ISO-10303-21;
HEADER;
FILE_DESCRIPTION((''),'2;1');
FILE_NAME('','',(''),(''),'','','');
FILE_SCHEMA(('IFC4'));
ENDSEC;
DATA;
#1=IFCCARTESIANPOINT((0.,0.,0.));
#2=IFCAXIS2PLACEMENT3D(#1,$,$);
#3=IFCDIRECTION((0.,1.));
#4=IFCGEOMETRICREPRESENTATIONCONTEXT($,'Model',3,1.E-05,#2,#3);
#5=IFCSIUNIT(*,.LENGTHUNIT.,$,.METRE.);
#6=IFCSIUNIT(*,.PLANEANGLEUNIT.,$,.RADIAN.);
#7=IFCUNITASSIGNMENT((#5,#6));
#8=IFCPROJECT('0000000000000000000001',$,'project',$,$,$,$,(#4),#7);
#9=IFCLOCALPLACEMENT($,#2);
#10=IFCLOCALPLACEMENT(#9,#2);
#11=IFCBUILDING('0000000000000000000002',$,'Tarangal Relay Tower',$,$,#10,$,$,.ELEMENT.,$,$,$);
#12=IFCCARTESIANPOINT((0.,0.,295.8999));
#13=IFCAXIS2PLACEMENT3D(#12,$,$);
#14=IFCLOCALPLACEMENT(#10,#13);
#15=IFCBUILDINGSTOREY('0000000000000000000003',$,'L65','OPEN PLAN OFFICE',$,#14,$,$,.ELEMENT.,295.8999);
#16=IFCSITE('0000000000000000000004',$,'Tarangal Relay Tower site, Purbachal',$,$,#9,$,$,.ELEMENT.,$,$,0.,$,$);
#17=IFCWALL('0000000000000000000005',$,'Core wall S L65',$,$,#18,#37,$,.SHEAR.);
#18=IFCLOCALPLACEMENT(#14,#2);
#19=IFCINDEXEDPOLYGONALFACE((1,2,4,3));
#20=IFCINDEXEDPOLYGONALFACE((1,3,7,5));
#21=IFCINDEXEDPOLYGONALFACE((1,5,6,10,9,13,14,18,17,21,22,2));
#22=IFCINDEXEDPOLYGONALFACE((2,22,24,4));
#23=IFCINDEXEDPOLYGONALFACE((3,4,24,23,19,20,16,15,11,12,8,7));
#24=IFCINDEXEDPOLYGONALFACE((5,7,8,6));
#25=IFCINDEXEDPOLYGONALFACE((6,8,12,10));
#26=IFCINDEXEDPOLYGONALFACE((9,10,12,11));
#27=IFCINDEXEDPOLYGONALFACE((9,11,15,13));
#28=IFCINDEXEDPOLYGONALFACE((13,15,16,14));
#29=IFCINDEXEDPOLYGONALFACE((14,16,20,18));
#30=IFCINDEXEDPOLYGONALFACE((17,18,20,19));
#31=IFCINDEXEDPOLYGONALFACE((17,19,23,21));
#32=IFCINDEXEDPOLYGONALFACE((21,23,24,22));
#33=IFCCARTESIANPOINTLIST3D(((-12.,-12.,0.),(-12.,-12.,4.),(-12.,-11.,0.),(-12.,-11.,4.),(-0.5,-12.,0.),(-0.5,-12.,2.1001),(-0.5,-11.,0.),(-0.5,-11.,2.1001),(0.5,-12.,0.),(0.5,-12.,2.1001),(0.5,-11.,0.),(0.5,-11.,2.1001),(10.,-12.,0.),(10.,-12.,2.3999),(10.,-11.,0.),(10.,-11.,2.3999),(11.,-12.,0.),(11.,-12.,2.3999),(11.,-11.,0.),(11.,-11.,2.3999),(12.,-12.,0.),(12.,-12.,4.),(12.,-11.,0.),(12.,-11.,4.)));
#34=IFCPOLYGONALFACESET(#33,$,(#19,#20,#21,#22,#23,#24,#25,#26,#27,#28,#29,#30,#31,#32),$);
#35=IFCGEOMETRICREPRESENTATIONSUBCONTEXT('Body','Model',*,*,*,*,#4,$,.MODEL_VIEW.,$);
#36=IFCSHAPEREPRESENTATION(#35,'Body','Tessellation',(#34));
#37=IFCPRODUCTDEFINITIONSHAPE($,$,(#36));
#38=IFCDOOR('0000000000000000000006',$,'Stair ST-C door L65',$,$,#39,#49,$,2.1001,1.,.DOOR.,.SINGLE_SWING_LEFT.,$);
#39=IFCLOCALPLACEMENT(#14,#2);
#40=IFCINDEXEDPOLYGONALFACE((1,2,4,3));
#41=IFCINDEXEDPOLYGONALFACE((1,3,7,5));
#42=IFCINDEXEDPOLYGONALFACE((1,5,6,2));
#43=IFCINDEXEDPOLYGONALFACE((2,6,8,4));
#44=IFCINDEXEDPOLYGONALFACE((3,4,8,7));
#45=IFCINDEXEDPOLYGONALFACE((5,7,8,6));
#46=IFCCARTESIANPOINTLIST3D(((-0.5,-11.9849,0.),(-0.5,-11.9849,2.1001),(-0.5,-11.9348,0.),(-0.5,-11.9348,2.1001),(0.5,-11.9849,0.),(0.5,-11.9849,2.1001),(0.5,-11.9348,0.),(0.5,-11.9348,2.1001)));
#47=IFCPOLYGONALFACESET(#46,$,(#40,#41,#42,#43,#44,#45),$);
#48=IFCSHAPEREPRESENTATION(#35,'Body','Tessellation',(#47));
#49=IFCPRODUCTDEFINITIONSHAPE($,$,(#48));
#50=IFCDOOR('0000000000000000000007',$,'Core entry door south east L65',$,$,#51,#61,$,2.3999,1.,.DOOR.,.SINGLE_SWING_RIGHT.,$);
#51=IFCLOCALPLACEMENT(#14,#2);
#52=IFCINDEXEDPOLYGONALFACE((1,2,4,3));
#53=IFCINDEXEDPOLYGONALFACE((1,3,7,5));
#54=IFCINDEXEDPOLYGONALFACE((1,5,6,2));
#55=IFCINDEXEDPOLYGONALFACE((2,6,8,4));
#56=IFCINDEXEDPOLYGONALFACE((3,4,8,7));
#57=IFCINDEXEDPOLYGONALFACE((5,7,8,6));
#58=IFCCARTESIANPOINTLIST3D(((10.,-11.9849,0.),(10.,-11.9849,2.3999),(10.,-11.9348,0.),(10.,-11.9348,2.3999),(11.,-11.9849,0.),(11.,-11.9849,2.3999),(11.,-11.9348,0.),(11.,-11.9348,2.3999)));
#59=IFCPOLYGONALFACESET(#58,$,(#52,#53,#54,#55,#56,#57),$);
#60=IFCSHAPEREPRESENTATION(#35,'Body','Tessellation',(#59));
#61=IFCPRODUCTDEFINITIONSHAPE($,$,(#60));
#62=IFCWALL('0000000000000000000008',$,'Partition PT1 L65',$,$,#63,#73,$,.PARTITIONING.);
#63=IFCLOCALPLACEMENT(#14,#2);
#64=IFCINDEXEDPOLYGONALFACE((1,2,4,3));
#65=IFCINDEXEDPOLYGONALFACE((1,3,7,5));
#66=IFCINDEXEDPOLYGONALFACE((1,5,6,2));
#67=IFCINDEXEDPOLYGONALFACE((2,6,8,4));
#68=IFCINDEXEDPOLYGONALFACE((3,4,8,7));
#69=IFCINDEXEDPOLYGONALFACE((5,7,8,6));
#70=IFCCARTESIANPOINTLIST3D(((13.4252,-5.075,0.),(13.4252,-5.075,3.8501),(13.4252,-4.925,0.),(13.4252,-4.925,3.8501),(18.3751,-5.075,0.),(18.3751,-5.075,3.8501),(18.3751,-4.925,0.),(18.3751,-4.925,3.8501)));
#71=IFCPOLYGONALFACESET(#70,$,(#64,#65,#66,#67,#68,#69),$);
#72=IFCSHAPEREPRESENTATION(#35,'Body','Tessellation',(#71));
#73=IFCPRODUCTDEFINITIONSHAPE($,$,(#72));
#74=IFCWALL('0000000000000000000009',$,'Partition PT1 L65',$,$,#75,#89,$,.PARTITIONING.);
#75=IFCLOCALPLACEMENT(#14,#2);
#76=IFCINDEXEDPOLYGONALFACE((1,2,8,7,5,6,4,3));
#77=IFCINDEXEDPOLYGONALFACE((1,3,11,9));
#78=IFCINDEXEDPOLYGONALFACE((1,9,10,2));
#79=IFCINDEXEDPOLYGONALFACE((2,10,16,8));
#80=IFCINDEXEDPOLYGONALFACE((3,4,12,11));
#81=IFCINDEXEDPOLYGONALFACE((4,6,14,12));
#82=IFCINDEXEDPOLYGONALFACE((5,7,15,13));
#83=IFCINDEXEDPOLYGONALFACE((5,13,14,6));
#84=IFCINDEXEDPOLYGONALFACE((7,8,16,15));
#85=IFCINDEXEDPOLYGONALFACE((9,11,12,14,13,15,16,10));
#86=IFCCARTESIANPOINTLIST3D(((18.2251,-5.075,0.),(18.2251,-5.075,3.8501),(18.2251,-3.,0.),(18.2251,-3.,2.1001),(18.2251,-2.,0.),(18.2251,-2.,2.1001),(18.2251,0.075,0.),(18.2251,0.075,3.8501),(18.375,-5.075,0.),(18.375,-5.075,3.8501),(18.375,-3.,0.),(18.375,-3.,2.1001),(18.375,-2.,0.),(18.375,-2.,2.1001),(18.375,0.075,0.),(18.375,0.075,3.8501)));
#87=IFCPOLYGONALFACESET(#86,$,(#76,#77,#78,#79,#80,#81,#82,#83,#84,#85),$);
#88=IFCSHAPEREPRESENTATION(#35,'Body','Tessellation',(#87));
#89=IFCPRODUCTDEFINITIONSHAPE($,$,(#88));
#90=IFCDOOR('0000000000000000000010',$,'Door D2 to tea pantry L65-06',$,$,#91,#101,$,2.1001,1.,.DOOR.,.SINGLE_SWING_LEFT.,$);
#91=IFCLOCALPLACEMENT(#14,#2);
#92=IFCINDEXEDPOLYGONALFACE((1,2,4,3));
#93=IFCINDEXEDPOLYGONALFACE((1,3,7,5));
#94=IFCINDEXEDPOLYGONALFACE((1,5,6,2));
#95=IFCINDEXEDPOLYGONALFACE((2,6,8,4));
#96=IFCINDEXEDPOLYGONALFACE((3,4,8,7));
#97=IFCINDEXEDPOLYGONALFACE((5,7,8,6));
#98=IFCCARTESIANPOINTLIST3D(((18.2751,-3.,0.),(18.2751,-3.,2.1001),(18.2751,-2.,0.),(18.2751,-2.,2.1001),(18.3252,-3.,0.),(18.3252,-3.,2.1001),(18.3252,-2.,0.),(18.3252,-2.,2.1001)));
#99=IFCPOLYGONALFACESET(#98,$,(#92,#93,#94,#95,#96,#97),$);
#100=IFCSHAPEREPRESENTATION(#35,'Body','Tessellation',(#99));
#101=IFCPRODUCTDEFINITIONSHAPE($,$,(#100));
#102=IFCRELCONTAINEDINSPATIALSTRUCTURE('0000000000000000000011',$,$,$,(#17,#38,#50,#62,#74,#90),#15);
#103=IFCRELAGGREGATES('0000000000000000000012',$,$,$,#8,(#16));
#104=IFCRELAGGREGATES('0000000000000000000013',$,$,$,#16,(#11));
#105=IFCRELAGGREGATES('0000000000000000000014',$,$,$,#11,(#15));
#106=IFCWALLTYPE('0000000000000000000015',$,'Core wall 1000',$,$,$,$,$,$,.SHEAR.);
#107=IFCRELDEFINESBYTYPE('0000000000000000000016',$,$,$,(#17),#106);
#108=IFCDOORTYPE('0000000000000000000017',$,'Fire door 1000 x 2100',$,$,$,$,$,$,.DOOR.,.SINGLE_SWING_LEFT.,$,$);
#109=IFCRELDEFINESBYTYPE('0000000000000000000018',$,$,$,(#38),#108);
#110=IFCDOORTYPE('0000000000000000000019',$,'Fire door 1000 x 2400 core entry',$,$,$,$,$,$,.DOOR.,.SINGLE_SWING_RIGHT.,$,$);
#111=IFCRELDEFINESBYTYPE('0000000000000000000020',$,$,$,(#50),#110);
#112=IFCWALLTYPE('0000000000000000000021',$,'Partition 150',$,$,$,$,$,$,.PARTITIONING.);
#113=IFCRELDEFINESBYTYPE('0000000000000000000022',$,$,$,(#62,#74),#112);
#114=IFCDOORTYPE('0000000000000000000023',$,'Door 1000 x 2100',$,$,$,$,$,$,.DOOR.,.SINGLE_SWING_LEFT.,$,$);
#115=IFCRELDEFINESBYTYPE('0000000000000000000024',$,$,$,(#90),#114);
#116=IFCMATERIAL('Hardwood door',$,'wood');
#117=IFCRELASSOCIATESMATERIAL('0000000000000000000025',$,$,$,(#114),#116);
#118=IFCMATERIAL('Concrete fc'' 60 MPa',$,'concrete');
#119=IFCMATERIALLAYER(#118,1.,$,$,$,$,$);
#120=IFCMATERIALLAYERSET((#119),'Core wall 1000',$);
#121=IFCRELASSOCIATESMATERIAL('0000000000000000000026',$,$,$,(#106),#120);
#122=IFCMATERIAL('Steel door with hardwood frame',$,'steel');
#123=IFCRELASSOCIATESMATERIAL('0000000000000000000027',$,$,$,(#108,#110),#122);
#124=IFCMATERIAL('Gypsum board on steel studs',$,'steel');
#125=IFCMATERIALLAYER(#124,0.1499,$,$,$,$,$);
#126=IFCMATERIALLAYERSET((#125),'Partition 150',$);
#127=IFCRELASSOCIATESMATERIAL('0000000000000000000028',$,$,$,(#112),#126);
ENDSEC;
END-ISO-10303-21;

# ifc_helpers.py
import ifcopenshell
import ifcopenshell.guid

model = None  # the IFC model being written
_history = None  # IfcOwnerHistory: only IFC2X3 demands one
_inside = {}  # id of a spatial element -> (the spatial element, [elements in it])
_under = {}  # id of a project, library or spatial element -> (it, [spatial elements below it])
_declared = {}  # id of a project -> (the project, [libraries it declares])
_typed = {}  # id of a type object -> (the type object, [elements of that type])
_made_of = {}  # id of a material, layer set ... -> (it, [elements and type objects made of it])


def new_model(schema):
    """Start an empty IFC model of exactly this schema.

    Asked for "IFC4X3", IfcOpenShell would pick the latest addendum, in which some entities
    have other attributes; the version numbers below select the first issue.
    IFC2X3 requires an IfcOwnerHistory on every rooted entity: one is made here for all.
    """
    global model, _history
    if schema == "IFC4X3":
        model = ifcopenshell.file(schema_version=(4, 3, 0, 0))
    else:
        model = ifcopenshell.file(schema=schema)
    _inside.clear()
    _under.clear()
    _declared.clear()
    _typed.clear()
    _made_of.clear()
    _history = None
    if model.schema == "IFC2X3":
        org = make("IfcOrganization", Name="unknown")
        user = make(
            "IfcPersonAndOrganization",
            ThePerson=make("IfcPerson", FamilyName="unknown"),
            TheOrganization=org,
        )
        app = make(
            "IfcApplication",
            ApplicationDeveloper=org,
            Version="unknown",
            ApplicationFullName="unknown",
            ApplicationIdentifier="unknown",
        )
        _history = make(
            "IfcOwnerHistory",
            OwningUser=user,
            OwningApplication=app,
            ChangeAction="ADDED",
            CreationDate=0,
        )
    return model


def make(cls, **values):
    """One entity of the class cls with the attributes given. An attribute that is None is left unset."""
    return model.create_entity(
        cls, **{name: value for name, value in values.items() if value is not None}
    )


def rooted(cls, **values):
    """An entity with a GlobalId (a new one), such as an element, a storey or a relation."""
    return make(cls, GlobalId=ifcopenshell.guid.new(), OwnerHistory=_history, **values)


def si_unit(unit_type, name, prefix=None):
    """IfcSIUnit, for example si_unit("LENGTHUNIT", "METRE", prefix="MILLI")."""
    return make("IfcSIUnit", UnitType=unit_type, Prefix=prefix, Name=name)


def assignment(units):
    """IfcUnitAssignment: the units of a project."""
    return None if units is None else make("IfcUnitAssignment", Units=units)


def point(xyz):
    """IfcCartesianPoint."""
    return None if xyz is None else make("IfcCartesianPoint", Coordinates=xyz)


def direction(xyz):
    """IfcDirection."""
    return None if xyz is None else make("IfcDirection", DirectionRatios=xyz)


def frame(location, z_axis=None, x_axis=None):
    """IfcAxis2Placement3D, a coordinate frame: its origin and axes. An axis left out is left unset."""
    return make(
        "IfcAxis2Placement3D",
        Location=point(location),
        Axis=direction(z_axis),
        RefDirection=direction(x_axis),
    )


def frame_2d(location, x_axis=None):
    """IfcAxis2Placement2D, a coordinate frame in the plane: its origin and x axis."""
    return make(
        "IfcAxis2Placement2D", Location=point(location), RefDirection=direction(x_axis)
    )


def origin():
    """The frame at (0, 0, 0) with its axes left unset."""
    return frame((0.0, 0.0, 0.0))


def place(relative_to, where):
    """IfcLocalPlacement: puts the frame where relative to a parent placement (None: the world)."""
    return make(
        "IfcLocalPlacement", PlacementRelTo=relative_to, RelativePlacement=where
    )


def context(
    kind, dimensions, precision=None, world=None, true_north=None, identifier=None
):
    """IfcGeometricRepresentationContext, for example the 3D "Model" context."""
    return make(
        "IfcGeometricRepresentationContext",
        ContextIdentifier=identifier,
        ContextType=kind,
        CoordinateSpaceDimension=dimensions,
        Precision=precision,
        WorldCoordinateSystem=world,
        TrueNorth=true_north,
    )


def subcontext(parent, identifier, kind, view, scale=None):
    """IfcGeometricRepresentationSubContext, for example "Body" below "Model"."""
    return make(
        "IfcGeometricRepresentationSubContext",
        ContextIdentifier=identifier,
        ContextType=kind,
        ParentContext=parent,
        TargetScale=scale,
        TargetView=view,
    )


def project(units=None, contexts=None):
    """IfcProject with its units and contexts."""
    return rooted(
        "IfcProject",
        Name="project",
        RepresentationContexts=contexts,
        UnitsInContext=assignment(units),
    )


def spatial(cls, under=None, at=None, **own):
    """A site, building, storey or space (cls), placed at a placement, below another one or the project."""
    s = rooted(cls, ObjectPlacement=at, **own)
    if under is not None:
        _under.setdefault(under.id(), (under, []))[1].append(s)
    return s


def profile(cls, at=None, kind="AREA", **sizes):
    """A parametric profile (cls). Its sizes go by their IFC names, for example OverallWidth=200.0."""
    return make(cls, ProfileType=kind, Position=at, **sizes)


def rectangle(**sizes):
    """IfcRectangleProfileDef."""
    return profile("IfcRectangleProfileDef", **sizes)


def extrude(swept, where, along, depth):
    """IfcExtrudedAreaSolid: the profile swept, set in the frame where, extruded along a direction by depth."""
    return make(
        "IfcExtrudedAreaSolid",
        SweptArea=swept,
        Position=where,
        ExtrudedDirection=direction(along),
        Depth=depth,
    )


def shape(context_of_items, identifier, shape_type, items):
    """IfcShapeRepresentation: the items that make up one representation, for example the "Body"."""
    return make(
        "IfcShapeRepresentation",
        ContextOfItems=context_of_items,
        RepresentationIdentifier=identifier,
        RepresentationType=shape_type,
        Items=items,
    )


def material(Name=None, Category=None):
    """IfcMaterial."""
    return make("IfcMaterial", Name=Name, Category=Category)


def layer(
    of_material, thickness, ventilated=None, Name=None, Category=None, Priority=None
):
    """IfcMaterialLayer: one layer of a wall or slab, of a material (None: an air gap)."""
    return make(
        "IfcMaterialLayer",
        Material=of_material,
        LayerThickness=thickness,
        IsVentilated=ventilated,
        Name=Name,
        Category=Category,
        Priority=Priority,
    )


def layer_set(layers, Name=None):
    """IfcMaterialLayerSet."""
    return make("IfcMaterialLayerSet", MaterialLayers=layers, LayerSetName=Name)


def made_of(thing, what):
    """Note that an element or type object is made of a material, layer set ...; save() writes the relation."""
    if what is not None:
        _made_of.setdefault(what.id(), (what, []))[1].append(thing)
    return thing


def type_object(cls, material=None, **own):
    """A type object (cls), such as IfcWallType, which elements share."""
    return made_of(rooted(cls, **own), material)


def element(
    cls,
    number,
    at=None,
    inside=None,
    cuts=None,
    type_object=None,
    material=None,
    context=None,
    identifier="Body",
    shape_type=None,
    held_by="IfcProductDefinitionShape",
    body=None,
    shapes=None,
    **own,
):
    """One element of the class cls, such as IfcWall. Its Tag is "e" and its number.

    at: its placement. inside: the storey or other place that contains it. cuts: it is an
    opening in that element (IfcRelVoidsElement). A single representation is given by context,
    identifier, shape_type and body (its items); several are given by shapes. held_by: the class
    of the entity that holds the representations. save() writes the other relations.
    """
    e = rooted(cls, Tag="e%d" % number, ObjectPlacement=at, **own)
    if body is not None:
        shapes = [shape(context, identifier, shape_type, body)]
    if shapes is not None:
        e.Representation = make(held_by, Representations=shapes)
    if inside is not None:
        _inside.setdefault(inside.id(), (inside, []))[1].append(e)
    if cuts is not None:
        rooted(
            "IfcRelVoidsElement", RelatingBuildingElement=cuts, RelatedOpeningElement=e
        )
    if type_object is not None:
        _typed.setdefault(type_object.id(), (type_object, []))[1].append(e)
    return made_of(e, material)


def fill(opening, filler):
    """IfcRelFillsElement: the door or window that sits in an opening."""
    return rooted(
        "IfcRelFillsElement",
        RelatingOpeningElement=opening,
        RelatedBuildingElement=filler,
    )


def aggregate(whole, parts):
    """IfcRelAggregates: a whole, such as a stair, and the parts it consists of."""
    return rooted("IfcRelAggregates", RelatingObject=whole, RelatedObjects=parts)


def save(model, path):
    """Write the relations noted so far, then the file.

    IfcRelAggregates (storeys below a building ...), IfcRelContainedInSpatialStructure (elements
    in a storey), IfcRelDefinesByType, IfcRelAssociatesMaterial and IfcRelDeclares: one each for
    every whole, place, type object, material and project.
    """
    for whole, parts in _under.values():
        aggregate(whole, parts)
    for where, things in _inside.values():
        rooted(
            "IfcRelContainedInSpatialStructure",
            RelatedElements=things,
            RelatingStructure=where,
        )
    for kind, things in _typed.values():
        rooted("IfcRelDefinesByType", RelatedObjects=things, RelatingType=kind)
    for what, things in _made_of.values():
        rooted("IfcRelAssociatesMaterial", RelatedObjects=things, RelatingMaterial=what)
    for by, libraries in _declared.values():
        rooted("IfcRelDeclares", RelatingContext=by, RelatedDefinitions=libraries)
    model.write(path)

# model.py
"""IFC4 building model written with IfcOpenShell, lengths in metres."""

from ifc_helpers import new_model, si_unit, direction, frame, frame_2d, origin, place, context, subcontext, project, spatial, rectangle, extrude, material, layer, layer_set, type_object, element, fill, save


model = new_model("IFC4")

# Units and contexts
model_context = context("Model", 3, precision=1e-05, world=origin(), true_north=direction((0.0, 1.0)))
body_context = subcontext(model_context, "Body", "Model", "MODEL_VIEW")
ifc_project = project(units=[si_unit("LENGTHUNIT", "METRE"), si_unit("PLANEANGLEUNIT", "RADIAN")], contexts=[model_context])

# Site, building, storey
site_placement = place(None, origin())
site = spatial("IfcSite", under=ifc_project, at=site_placement, Name="Tarangal Relay Tower site, Purbachal", CompositionType="ELEMENT", RefElevation=0.0)
building_placement = place(site_placement, origin())
building = spatial("IfcBuilding", under=site, at=building_placement, Name="Tarangal Relay Tower", CompositionType="ELEMENT")
storey_placement = place(building_placement, frame((0.0, 0.0, 295.8999)))
storey = spatial("IfcBuildingStorey", under=building, at=storey_placement, Name="L65", Description="OPEN PLAN OFFICE", CompositionType="ELEMENT", Elevation=295.8999)

# Shared definitions
ifc_material_1 = material(Name="Hardwood door", Category="wood")
door_type_1 = type_object("IfcDoorType", Name="Door 1000 x 2100", OperationType="SINGLE_SWING_LEFT", PredefinedType="DOOR", material=ifc_material_1)

# Wall, openings, doors
ifc_material_2 = material(Name="Concrete fc' 60 MPa", Category="concrete")
ifc_layer_1 = layer(ifc_material_2, 1.0)
ifc_layer_set_1 = layer_set([ifc_layer_1], Name="Core wall 1000")
wall_type_1 = type_object("IfcWallType", Name="Core wall 1000", PredefinedType="SHEAR", material=ifc_layer_set_1)
wall_1_placement = place(storey_placement, frame((12.0, -11.5, 0.0), z_axis=(0.0, 0.0, 1.0), x_axis=(-1.0, 0.0, 0.0)))
wall_1 = element("IfcWall", 1, at=wall_1_placement, inside=storey, type_object=wall_type_1, Name="Core wall S L65", PredefinedType="SHEAR", context=body_context, shape_type="SweptSolid", body=[
    extrude(rectangle(XDim=24.0, YDim=1.0, at=frame_2d((12.0, 0.0))), origin(), (0.0, 0.0, 1.0), 4.0),
])
opening_1_placement = place(wall_1_placement, frame((11.5, 0.0, 0.0)))
opening_1 = element("IfcOpeningElement", 2, at=opening_1_placement, cuts=wall_1, PredefinedType="OPENING", context=body_context, shape_type="SweptSolid", body=[
    extrude(rectangle(XDim=1.0, YDim=2.1001, at=frame_2d((0.5, 1.05))), frame((0.0, 0.51, 0.0), z_axis=(0.0, -1.0, 0.0), x_axis=(1.0, 0.0, 0.0)), (0.0, 0.0, 1.0), 1.02),
])
opening_2_placement = place(wall_1_placement, frame((1.0, 0.0, 0.0)))
opening_2 = element("IfcOpeningElement", 3, at=opening_2_placement, cuts=wall_1, PredefinedType="OPENING", context=body_context, shape_type="SweptSolid", body=[
    extrude(rectangle(XDim=1.0, YDim=2.3999, at=frame_2d((0.5, 1.2))), frame((0.0, 0.51, 0.0), z_axis=(0.0, -1.0, 0.0), x_axis=(1.0, 0.0, 0.0)), (0.0, 0.0, 1.0), 1.02),
])
ifc_material_3 = material(Name="Steel door with hardwood frame", Category="steel")
door_type_2 = type_object("IfcDoorType", Name="Fire door 1000 x 2100", OperationType="SINGLE_SWING_LEFT", PredefinedType="DOOR", material=ifc_material_3)
door_1_placement = place(opening_1_placement, origin())
door_1 = element("IfcDoor", 4, at=door_1_placement, inside=storey, type_object=door_type_2, Name="Stair ST-C door L65", OperationType="SINGLE_SWING_LEFT", OverallHeight=2.1001, OverallWidth=1.0, PredefinedType="DOOR", context=body_context, shape_type="SweptSolid", body=[
    extrude(rectangle(XDim=1.0, YDim=2.1001, at=frame_2d((0.5, 1.05))), frame((0.0, 0.4849, 0.0), z_axis=(0.0, -1.0, 0.0), x_axis=(1.0, 0.0, 0.0)), (0.0, 0.0, 1.0), 0.05),
])
fill(opening_1, door_1)
door_type_3 = type_object("IfcDoorType", Name="Fire door 1000 x 2400 core entry", OperationType="SINGLE_SWING_RIGHT", PredefinedType="DOOR", material=ifc_material_3)
door_2_placement = place(opening_2_placement, origin())
door_2 = element("IfcDoor", 5, at=door_2_placement, inside=storey, type_object=door_type_3, Name="Core entry door south east L65", OperationType="SINGLE_SWING_RIGHT", OverallHeight=2.3999, OverallWidth=1.0, PredefinedType="DOOR", context=body_context, shape_type="SweptSolid", body=[
    extrude(rectangle(XDim=1.0, YDim=2.3999, at=frame_2d((0.5, 1.2))), frame((0.0, 0.4849, 0.0), z_axis=(0.0, -1.0, 0.0), x_axis=(1.0, 0.0, 0.0)), (0.0, 0.0, 1.0), 0.05),
])
fill(opening_2, door_2)

# Wall
ifc_material_4 = material(Name="Gypsum board on steel studs", Category="steel")
ifc_layer_2 = layer(ifc_material_4, 0.1499)
ifc_layer_set_2 = layer_set([ifc_layer_2], Name="Partition 150")
wall_type_2 = type_object("IfcWallType", Name="Partition 150", PredefinedType="PARTITIONING", material=ifc_layer_set_2)
wall_2_placement = place(storey_placement, frame((13.425, -5.0, 0.0), z_axis=(0.0, 0.0, 1.0), x_axis=(1.0, 0.0, 0.0)))
element("IfcWall", 6, at=wall_2_placement, inside=storey, type_object=wall_type_2, Name="Partition PT1 L65", PredefinedType="PARTITIONING", context=body_context, shape_type="SweptSolid", body=[
    extrude(rectangle(XDim=4.95, YDim=0.1499, at=frame_2d((2.4751, 0.0))), origin(), (0.0, 0.0, 1.0), 3.8501),
])

# Wall, opening, door
wall_3_placement = place(storey_placement, frame((18.3, -5.075, 0.0), z_axis=(0.0, 0.0, 1.0), x_axis=(0.0, 1.0, 0.0)))
wall_3 = element("IfcWall", 7, at=wall_3_placement, inside=storey, type_object=wall_type_2, Name="Partition PT1 L65", PredefinedType="PARTITIONING", context=body_context, shape_type="SweptSolid", body=[
    extrude(rectangle(XDim=5.1499, YDim=0.1499, at=frame_2d((2.575, 0.0))), origin(), (0.0, 0.0, 1.0), 3.8501),
])
opening_3_placement = place(wall_3_placement, frame((2.075, 0.0, 0.0)))
opening_3 = element("IfcOpeningElement", 8, at=opening_3_placement, cuts=wall_3, PredefinedType="OPENING", context=body_context, shape_type="SweptSolid", body=[
    extrude(rectangle(XDim=1.0, YDim=2.1001, at=frame_2d((0.5, 1.05))), frame((0.0, 0.085, 0.0), z_axis=(0.0, -1.0, 0.0), x_axis=(1.0, 0.0, 0.0)), (0.0, 0.0, 1.0), 0.1699),
])
door_3_placement = place(opening_3_placement, origin())
door_3 = element("IfcDoor", 9, at=door_3_placement, inside=storey, type_object=door_type_1, Name="Door D2 to tea pantry L65-06", OperationType="SINGLE_SWING_LEFT", OverallHeight=2.1001, OverallWidth=1.0, PredefinedType="DOOR", context=body_context, shape_type="SweptSolid", body=[
    extrude(rectangle(XDim=1.0, YDim=2.1001, at=frame_2d((0.5, 1.05))), frame((0.0, 0.0249, 0.0), z_axis=(0.0, -1.0, 0.0), x_axis=(1.0, 0.0, 0.0)), (0.0, 0.0, 1.0), 0.05),
])
fill(opening_3, door_3)

save(model, "model.ifc")
